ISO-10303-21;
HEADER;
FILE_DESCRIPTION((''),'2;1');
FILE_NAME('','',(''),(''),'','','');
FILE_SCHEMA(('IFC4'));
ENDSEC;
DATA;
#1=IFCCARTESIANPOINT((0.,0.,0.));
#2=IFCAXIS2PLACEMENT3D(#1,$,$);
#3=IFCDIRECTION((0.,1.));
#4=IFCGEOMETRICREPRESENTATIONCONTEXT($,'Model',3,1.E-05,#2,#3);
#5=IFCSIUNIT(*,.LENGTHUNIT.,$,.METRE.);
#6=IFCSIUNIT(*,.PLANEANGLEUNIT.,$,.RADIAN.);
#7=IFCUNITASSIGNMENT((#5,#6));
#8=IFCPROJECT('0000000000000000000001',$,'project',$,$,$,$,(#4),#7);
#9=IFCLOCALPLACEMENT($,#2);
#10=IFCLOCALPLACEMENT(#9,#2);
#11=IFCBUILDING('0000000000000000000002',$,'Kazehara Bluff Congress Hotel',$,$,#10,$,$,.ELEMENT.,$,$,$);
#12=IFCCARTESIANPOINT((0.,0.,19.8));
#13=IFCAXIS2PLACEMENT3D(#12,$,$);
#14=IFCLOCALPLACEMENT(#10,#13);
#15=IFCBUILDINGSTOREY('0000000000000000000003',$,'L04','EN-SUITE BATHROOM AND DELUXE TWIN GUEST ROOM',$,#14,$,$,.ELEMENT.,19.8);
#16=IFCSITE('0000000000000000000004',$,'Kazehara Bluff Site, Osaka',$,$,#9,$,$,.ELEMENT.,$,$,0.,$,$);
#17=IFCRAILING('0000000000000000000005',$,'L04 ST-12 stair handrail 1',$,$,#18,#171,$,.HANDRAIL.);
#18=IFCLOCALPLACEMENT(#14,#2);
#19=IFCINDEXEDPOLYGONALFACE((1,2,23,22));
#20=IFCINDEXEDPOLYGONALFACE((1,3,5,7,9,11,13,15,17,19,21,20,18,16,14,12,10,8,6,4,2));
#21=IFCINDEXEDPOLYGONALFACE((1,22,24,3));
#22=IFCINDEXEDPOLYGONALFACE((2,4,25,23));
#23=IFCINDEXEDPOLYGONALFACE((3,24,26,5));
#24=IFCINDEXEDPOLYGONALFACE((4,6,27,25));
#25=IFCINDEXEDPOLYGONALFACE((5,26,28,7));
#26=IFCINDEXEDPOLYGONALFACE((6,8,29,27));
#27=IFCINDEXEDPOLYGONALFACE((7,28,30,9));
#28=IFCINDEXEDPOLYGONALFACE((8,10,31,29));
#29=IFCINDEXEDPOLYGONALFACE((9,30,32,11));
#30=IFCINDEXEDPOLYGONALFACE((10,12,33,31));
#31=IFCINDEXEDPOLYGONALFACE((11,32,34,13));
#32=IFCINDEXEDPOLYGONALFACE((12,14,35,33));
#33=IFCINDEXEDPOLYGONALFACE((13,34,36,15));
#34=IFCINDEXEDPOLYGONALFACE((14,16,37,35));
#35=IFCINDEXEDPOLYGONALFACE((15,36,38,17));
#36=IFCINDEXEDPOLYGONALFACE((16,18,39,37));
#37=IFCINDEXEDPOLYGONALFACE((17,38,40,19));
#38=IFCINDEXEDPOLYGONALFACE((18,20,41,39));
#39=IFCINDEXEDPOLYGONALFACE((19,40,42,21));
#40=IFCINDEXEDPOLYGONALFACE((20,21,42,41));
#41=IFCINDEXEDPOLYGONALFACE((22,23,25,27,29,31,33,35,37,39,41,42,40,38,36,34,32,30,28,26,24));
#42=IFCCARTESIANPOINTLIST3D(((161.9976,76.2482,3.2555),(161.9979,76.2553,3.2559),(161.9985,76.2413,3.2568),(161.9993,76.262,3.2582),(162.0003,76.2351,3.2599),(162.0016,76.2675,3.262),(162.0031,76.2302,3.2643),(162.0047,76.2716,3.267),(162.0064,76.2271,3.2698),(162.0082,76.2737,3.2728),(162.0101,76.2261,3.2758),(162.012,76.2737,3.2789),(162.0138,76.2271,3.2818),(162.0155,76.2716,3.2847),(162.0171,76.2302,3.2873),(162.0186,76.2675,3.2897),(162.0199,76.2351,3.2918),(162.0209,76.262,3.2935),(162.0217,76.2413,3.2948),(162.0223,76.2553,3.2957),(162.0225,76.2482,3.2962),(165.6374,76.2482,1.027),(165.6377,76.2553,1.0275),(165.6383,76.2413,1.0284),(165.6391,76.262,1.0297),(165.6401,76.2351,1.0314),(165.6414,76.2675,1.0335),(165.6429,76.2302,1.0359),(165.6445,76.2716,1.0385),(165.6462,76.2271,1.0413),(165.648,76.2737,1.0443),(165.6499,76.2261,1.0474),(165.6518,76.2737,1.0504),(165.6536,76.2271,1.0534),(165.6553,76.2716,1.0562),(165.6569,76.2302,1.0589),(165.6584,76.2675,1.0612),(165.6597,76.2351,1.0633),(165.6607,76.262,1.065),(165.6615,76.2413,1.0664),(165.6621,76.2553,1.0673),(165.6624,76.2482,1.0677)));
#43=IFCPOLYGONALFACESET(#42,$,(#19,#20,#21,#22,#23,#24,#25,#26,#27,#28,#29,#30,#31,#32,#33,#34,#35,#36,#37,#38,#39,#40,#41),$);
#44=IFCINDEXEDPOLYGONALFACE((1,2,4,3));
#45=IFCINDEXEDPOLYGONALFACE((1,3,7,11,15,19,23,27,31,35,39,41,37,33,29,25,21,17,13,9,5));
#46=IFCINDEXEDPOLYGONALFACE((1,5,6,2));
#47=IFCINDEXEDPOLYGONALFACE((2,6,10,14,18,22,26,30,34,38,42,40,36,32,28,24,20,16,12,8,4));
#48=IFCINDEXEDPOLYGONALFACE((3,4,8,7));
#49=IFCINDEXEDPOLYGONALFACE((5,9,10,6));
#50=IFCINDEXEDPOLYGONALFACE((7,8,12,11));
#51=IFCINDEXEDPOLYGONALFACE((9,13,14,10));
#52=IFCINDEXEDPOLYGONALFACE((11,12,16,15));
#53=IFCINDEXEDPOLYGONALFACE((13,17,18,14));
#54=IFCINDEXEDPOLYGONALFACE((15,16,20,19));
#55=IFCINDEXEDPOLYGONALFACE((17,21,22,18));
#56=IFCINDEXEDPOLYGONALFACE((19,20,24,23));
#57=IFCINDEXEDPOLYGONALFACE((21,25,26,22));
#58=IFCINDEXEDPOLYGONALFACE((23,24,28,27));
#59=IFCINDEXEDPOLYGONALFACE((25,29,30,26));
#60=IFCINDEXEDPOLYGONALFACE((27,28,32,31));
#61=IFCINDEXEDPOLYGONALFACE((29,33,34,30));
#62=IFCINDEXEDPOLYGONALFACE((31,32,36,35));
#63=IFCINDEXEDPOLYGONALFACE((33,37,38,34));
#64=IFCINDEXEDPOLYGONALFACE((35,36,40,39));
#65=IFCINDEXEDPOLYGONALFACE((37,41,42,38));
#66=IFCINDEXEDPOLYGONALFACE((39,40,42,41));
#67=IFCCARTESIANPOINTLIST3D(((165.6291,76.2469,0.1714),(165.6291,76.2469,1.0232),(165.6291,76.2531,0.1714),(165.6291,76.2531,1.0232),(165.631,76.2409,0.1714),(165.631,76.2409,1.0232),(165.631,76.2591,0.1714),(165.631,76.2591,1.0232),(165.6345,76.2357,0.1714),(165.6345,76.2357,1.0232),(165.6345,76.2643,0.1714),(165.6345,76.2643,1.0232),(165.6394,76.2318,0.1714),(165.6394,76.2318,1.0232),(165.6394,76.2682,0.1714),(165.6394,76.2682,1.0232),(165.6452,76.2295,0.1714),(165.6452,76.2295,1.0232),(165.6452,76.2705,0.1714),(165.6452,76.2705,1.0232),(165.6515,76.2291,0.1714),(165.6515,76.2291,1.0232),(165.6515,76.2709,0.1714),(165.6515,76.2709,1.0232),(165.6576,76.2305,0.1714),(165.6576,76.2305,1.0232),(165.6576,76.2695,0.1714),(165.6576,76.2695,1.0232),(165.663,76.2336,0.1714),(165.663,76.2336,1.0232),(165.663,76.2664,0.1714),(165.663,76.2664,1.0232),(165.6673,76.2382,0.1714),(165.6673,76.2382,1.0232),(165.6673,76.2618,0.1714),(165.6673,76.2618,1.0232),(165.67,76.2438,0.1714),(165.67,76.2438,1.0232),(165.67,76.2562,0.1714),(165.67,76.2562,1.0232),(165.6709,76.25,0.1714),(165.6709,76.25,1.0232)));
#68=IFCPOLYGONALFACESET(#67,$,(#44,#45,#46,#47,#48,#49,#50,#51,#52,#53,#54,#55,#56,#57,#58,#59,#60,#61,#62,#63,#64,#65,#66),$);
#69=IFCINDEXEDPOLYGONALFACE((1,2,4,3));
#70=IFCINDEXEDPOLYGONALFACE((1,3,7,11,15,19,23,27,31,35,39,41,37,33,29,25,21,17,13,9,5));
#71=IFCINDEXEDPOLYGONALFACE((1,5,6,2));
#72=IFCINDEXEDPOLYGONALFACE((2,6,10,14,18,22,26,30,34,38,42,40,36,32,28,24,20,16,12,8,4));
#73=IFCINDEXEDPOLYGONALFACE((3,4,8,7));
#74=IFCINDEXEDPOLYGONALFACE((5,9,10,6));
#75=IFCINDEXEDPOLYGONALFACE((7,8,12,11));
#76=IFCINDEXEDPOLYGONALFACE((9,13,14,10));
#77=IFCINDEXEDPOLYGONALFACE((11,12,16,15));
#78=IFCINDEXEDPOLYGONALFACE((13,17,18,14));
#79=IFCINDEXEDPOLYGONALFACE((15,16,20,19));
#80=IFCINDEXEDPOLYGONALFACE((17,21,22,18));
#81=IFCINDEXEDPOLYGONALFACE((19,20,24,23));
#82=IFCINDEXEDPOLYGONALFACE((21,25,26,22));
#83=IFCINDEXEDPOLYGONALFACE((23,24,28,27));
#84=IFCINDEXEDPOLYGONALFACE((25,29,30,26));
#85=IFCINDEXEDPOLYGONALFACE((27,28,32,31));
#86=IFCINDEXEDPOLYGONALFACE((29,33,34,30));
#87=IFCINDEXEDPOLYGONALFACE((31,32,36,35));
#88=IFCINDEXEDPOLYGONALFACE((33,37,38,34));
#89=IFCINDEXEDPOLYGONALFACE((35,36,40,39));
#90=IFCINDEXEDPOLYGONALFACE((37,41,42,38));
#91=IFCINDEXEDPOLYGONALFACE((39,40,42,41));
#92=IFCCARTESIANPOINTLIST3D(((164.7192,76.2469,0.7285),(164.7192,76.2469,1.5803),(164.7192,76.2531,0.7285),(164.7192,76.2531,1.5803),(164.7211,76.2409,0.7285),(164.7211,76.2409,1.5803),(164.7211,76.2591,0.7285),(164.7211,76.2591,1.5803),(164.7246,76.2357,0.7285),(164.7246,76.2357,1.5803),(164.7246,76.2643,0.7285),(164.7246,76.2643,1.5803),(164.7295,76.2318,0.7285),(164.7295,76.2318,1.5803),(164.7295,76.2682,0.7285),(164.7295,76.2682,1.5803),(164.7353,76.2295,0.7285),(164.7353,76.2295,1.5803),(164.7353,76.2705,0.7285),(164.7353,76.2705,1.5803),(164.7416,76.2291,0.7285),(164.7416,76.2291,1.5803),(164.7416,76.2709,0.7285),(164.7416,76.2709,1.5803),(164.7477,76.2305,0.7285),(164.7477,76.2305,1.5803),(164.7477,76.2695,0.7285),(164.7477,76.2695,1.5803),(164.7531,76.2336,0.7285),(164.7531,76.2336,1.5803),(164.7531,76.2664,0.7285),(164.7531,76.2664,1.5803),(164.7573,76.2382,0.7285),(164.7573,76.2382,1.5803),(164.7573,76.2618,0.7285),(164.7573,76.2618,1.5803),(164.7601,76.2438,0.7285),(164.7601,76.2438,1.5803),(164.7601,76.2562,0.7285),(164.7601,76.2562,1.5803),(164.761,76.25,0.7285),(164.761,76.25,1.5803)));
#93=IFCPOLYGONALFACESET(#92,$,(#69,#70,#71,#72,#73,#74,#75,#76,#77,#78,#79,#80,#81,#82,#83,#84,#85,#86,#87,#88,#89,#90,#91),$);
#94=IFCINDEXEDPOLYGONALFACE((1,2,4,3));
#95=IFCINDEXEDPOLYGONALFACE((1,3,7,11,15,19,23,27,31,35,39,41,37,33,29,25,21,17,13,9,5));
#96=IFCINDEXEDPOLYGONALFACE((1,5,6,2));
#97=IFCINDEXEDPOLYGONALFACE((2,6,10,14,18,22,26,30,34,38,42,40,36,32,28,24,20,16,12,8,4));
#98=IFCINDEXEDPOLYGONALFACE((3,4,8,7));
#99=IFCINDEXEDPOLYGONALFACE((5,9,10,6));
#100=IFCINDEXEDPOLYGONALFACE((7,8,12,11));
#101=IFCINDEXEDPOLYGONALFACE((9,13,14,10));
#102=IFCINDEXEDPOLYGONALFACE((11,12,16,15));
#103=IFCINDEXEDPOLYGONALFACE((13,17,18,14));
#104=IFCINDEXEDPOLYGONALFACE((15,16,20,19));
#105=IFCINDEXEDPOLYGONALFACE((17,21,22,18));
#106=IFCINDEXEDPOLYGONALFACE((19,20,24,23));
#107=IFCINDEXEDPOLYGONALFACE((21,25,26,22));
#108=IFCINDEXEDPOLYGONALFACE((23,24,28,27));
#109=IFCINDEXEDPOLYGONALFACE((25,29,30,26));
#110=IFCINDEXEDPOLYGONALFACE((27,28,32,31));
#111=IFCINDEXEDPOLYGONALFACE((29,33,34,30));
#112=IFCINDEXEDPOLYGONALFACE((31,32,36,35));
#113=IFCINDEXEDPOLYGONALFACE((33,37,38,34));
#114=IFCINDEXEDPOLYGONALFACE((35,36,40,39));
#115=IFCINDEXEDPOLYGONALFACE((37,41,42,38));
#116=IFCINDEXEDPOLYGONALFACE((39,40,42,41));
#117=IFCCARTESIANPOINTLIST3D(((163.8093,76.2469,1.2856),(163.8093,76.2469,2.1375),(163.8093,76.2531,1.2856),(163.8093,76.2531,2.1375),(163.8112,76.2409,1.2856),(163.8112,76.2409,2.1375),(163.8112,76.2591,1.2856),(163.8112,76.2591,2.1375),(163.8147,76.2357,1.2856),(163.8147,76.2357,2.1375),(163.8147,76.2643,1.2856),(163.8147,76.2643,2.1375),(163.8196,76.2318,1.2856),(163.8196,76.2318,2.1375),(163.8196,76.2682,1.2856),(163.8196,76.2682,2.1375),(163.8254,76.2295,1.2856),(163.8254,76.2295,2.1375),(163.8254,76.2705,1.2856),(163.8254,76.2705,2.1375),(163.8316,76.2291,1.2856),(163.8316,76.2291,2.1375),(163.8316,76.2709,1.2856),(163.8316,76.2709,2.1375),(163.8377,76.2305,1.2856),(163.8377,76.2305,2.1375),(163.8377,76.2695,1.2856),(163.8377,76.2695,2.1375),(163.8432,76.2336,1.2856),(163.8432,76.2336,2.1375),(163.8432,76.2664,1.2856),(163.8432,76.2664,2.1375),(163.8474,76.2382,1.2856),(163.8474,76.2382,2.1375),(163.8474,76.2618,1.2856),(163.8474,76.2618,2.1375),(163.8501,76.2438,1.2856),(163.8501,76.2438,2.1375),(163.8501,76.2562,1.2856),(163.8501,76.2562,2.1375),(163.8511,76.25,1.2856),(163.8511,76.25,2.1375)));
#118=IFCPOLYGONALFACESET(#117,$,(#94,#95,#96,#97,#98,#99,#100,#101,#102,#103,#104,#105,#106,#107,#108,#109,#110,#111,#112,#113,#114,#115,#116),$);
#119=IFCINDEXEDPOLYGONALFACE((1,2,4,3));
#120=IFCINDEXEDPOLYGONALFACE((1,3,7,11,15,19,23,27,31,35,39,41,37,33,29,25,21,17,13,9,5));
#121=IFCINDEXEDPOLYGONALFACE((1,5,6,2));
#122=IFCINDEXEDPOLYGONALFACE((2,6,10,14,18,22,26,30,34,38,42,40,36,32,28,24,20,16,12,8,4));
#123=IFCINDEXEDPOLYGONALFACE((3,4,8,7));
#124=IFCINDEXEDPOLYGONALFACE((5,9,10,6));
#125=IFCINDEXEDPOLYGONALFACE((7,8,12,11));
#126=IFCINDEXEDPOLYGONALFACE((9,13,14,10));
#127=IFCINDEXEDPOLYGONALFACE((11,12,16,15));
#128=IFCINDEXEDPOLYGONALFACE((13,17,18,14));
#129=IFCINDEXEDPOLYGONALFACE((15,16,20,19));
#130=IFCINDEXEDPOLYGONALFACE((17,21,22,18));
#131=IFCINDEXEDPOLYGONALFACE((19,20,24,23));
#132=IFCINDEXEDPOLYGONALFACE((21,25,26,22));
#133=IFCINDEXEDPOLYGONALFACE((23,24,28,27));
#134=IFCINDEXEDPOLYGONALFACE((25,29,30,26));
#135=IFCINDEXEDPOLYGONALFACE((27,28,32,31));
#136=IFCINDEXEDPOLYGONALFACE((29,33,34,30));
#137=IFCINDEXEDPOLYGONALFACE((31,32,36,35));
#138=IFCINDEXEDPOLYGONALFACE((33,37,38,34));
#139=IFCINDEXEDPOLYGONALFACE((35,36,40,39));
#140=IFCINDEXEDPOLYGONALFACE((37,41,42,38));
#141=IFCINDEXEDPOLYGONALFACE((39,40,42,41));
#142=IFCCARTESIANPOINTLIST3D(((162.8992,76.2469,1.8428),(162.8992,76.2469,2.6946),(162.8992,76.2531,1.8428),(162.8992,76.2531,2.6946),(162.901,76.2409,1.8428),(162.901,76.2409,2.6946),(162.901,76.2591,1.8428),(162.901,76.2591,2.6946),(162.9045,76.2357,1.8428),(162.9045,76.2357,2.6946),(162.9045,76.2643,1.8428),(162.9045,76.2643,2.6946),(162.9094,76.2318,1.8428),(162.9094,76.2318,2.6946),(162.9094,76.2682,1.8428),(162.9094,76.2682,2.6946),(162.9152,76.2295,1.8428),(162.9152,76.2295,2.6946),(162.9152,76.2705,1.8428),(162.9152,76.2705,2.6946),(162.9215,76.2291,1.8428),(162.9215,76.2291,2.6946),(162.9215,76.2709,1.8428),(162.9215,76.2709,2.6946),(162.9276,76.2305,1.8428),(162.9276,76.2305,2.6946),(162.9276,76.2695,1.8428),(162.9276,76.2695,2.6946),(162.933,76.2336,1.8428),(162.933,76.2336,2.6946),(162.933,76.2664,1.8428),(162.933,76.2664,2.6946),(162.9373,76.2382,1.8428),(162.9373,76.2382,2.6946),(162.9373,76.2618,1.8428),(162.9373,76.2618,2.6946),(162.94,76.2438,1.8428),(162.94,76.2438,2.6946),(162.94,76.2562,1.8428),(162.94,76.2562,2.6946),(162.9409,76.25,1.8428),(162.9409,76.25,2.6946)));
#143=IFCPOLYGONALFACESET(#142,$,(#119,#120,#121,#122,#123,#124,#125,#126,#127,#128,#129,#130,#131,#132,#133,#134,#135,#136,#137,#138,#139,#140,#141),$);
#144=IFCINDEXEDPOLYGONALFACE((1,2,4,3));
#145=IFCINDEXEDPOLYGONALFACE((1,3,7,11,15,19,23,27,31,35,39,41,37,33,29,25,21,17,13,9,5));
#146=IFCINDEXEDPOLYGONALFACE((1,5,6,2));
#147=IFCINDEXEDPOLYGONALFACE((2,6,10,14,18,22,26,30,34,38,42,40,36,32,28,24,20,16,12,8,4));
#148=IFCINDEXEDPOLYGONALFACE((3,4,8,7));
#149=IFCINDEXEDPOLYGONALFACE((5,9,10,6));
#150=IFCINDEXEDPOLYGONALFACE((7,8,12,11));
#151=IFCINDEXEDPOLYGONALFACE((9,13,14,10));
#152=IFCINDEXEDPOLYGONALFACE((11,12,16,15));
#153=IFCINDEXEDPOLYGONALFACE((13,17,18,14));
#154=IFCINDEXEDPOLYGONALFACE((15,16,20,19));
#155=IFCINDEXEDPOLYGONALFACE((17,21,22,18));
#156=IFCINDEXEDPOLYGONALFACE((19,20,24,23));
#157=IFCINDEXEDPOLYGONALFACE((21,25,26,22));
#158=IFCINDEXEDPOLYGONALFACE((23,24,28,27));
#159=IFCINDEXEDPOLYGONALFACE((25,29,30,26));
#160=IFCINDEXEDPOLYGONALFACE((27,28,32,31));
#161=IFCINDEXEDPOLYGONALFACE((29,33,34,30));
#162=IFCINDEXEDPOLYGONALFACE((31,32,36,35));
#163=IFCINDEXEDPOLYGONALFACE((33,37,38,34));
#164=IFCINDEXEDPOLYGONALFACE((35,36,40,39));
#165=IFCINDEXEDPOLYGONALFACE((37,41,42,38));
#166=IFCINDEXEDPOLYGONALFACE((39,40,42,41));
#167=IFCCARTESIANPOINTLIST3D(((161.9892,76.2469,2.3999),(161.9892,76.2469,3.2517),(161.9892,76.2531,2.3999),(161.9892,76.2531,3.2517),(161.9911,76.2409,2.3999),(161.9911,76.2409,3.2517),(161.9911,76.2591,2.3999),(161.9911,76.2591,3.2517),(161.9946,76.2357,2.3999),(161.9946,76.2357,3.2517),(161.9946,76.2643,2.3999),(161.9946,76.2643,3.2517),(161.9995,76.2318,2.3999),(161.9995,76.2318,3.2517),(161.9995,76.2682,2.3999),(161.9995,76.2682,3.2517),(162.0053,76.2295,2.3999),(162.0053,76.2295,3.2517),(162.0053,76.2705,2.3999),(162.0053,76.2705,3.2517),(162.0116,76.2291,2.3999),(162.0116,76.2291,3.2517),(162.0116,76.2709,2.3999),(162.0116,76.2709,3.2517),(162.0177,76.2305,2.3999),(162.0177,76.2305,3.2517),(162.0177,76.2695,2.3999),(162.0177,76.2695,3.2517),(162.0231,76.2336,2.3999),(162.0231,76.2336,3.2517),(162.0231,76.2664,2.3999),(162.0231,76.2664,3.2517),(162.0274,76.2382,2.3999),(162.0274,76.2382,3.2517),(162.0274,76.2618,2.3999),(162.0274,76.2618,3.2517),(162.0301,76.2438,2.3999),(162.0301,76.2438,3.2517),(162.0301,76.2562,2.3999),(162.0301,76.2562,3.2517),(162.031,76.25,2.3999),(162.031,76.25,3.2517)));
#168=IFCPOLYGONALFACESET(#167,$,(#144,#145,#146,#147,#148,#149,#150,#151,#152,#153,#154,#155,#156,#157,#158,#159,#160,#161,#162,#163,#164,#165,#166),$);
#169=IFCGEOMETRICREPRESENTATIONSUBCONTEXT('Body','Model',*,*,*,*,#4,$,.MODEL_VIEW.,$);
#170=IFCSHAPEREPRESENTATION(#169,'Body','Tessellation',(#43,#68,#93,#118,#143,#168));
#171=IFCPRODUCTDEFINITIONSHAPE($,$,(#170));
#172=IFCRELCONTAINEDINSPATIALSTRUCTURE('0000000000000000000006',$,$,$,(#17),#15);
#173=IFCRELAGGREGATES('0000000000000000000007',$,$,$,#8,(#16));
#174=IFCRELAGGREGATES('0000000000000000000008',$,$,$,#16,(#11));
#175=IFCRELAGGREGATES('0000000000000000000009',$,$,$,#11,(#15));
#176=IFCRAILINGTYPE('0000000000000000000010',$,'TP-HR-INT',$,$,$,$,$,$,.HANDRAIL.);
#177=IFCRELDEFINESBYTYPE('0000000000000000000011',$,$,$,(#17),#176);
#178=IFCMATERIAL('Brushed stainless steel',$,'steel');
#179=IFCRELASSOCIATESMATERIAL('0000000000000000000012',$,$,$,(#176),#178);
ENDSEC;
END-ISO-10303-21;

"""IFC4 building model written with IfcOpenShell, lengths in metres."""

from ifc_helpers import new_model, si_unit, direction, frame, origin, origin_2d, place, context, subcontext, project, spatial, circle, extrude, material, type_object, element, save


model = new_model("IFC4")

# Units and contexts
model_context = context("Model", 3, precision=1e-05, world=origin(), true_north=direction((0.0, 1.0)))
body_context = subcontext(model_context, "Body", "Model", "MODEL_VIEW")
ifc_project = project(units=[si_unit("LENGTHUNIT", "METRE"), si_unit("PLANEANGLEUNIT", "RADIAN")], contexts=[model_context])

# Site, building, storey
site_placement = place(None, origin())
site = spatial("IfcSite", under=ifc_project, at=site_placement, Name="Kazehara Bluff Site, Osaka", CompositionType="ELEMENT", RefElevation=0.0)
building_placement = place(site_placement, origin())
building = spatial("IfcBuilding", under=site, at=building_placement, Name="Kazehara Bluff Congress Hotel", CompositionType="ELEMENT")
storey_placement = place(building_placement, frame((0.0, 0.0, 19.8)))
storey = spatial("IfcBuildingStorey", under=building, at=storey_placement, Name="L04", Description="EN-SUITE BATHROOM AND DELUXE TWIN GUEST ROOM", CompositionType="ELEMENT", Elevation=19.8)

# Railing
ifc_material_1 = material(Name="Brushed stainless steel", Category="steel")
railing_type_1 = type_object("IfcRailingType", Name="TP-HR-INT", PredefinedType="HANDRAIL", material=ifc_material_1)
railing_1_placement = place(storey_placement, frame((165.6499, 76.25, 0.1714)))
element("IfcRailing", 1, at=railing_1_placement, inside=storey, type_object=railing_type_1, Name="L04 ST-12 stair handrail 1", PredefinedType="HANDRAIL", context=body_context, shape_type="SweptSolid", body=[
    extrude(circle(Radius=0.0239, at=origin_2d()), frame((0.0, 0.0, 0.876), z_axis=(-0.85285, 0.0, 0.522156), x_axis=(0.0, -1.0, 0.0)), (0.0, 0.0, 1.0), 4.2678),
    extrude(circle(Radius=0.021, at=origin_2d()), origin(), (0.0, 0.0, 1.0), 0.8518),
    extrude(circle(Radius=0.021, at=origin_2d()), frame((-0.9099, 0.0, 0.5571)), (0.0, 0.0, 1.0), 0.8518),
    extrude(circle(Radius=0.021, at=origin_2d()), frame((-1.8198, 0.0, 1.1143)), (0.0, 0.0, 1.0), 0.8518),
    extrude(circle(Radius=0.021, at=origin_2d()), frame((-2.73, 0.0, 1.6714)), (0.0, 0.0, 1.0), 0.8518),
    extrude(circle(Radius=0.021, at=origin_2d()), frame((-3.6399, 0.0, 2.2285)), (0.0, 0.0, 1.0), 0.8518),
])

save(model, "model.ifc")
